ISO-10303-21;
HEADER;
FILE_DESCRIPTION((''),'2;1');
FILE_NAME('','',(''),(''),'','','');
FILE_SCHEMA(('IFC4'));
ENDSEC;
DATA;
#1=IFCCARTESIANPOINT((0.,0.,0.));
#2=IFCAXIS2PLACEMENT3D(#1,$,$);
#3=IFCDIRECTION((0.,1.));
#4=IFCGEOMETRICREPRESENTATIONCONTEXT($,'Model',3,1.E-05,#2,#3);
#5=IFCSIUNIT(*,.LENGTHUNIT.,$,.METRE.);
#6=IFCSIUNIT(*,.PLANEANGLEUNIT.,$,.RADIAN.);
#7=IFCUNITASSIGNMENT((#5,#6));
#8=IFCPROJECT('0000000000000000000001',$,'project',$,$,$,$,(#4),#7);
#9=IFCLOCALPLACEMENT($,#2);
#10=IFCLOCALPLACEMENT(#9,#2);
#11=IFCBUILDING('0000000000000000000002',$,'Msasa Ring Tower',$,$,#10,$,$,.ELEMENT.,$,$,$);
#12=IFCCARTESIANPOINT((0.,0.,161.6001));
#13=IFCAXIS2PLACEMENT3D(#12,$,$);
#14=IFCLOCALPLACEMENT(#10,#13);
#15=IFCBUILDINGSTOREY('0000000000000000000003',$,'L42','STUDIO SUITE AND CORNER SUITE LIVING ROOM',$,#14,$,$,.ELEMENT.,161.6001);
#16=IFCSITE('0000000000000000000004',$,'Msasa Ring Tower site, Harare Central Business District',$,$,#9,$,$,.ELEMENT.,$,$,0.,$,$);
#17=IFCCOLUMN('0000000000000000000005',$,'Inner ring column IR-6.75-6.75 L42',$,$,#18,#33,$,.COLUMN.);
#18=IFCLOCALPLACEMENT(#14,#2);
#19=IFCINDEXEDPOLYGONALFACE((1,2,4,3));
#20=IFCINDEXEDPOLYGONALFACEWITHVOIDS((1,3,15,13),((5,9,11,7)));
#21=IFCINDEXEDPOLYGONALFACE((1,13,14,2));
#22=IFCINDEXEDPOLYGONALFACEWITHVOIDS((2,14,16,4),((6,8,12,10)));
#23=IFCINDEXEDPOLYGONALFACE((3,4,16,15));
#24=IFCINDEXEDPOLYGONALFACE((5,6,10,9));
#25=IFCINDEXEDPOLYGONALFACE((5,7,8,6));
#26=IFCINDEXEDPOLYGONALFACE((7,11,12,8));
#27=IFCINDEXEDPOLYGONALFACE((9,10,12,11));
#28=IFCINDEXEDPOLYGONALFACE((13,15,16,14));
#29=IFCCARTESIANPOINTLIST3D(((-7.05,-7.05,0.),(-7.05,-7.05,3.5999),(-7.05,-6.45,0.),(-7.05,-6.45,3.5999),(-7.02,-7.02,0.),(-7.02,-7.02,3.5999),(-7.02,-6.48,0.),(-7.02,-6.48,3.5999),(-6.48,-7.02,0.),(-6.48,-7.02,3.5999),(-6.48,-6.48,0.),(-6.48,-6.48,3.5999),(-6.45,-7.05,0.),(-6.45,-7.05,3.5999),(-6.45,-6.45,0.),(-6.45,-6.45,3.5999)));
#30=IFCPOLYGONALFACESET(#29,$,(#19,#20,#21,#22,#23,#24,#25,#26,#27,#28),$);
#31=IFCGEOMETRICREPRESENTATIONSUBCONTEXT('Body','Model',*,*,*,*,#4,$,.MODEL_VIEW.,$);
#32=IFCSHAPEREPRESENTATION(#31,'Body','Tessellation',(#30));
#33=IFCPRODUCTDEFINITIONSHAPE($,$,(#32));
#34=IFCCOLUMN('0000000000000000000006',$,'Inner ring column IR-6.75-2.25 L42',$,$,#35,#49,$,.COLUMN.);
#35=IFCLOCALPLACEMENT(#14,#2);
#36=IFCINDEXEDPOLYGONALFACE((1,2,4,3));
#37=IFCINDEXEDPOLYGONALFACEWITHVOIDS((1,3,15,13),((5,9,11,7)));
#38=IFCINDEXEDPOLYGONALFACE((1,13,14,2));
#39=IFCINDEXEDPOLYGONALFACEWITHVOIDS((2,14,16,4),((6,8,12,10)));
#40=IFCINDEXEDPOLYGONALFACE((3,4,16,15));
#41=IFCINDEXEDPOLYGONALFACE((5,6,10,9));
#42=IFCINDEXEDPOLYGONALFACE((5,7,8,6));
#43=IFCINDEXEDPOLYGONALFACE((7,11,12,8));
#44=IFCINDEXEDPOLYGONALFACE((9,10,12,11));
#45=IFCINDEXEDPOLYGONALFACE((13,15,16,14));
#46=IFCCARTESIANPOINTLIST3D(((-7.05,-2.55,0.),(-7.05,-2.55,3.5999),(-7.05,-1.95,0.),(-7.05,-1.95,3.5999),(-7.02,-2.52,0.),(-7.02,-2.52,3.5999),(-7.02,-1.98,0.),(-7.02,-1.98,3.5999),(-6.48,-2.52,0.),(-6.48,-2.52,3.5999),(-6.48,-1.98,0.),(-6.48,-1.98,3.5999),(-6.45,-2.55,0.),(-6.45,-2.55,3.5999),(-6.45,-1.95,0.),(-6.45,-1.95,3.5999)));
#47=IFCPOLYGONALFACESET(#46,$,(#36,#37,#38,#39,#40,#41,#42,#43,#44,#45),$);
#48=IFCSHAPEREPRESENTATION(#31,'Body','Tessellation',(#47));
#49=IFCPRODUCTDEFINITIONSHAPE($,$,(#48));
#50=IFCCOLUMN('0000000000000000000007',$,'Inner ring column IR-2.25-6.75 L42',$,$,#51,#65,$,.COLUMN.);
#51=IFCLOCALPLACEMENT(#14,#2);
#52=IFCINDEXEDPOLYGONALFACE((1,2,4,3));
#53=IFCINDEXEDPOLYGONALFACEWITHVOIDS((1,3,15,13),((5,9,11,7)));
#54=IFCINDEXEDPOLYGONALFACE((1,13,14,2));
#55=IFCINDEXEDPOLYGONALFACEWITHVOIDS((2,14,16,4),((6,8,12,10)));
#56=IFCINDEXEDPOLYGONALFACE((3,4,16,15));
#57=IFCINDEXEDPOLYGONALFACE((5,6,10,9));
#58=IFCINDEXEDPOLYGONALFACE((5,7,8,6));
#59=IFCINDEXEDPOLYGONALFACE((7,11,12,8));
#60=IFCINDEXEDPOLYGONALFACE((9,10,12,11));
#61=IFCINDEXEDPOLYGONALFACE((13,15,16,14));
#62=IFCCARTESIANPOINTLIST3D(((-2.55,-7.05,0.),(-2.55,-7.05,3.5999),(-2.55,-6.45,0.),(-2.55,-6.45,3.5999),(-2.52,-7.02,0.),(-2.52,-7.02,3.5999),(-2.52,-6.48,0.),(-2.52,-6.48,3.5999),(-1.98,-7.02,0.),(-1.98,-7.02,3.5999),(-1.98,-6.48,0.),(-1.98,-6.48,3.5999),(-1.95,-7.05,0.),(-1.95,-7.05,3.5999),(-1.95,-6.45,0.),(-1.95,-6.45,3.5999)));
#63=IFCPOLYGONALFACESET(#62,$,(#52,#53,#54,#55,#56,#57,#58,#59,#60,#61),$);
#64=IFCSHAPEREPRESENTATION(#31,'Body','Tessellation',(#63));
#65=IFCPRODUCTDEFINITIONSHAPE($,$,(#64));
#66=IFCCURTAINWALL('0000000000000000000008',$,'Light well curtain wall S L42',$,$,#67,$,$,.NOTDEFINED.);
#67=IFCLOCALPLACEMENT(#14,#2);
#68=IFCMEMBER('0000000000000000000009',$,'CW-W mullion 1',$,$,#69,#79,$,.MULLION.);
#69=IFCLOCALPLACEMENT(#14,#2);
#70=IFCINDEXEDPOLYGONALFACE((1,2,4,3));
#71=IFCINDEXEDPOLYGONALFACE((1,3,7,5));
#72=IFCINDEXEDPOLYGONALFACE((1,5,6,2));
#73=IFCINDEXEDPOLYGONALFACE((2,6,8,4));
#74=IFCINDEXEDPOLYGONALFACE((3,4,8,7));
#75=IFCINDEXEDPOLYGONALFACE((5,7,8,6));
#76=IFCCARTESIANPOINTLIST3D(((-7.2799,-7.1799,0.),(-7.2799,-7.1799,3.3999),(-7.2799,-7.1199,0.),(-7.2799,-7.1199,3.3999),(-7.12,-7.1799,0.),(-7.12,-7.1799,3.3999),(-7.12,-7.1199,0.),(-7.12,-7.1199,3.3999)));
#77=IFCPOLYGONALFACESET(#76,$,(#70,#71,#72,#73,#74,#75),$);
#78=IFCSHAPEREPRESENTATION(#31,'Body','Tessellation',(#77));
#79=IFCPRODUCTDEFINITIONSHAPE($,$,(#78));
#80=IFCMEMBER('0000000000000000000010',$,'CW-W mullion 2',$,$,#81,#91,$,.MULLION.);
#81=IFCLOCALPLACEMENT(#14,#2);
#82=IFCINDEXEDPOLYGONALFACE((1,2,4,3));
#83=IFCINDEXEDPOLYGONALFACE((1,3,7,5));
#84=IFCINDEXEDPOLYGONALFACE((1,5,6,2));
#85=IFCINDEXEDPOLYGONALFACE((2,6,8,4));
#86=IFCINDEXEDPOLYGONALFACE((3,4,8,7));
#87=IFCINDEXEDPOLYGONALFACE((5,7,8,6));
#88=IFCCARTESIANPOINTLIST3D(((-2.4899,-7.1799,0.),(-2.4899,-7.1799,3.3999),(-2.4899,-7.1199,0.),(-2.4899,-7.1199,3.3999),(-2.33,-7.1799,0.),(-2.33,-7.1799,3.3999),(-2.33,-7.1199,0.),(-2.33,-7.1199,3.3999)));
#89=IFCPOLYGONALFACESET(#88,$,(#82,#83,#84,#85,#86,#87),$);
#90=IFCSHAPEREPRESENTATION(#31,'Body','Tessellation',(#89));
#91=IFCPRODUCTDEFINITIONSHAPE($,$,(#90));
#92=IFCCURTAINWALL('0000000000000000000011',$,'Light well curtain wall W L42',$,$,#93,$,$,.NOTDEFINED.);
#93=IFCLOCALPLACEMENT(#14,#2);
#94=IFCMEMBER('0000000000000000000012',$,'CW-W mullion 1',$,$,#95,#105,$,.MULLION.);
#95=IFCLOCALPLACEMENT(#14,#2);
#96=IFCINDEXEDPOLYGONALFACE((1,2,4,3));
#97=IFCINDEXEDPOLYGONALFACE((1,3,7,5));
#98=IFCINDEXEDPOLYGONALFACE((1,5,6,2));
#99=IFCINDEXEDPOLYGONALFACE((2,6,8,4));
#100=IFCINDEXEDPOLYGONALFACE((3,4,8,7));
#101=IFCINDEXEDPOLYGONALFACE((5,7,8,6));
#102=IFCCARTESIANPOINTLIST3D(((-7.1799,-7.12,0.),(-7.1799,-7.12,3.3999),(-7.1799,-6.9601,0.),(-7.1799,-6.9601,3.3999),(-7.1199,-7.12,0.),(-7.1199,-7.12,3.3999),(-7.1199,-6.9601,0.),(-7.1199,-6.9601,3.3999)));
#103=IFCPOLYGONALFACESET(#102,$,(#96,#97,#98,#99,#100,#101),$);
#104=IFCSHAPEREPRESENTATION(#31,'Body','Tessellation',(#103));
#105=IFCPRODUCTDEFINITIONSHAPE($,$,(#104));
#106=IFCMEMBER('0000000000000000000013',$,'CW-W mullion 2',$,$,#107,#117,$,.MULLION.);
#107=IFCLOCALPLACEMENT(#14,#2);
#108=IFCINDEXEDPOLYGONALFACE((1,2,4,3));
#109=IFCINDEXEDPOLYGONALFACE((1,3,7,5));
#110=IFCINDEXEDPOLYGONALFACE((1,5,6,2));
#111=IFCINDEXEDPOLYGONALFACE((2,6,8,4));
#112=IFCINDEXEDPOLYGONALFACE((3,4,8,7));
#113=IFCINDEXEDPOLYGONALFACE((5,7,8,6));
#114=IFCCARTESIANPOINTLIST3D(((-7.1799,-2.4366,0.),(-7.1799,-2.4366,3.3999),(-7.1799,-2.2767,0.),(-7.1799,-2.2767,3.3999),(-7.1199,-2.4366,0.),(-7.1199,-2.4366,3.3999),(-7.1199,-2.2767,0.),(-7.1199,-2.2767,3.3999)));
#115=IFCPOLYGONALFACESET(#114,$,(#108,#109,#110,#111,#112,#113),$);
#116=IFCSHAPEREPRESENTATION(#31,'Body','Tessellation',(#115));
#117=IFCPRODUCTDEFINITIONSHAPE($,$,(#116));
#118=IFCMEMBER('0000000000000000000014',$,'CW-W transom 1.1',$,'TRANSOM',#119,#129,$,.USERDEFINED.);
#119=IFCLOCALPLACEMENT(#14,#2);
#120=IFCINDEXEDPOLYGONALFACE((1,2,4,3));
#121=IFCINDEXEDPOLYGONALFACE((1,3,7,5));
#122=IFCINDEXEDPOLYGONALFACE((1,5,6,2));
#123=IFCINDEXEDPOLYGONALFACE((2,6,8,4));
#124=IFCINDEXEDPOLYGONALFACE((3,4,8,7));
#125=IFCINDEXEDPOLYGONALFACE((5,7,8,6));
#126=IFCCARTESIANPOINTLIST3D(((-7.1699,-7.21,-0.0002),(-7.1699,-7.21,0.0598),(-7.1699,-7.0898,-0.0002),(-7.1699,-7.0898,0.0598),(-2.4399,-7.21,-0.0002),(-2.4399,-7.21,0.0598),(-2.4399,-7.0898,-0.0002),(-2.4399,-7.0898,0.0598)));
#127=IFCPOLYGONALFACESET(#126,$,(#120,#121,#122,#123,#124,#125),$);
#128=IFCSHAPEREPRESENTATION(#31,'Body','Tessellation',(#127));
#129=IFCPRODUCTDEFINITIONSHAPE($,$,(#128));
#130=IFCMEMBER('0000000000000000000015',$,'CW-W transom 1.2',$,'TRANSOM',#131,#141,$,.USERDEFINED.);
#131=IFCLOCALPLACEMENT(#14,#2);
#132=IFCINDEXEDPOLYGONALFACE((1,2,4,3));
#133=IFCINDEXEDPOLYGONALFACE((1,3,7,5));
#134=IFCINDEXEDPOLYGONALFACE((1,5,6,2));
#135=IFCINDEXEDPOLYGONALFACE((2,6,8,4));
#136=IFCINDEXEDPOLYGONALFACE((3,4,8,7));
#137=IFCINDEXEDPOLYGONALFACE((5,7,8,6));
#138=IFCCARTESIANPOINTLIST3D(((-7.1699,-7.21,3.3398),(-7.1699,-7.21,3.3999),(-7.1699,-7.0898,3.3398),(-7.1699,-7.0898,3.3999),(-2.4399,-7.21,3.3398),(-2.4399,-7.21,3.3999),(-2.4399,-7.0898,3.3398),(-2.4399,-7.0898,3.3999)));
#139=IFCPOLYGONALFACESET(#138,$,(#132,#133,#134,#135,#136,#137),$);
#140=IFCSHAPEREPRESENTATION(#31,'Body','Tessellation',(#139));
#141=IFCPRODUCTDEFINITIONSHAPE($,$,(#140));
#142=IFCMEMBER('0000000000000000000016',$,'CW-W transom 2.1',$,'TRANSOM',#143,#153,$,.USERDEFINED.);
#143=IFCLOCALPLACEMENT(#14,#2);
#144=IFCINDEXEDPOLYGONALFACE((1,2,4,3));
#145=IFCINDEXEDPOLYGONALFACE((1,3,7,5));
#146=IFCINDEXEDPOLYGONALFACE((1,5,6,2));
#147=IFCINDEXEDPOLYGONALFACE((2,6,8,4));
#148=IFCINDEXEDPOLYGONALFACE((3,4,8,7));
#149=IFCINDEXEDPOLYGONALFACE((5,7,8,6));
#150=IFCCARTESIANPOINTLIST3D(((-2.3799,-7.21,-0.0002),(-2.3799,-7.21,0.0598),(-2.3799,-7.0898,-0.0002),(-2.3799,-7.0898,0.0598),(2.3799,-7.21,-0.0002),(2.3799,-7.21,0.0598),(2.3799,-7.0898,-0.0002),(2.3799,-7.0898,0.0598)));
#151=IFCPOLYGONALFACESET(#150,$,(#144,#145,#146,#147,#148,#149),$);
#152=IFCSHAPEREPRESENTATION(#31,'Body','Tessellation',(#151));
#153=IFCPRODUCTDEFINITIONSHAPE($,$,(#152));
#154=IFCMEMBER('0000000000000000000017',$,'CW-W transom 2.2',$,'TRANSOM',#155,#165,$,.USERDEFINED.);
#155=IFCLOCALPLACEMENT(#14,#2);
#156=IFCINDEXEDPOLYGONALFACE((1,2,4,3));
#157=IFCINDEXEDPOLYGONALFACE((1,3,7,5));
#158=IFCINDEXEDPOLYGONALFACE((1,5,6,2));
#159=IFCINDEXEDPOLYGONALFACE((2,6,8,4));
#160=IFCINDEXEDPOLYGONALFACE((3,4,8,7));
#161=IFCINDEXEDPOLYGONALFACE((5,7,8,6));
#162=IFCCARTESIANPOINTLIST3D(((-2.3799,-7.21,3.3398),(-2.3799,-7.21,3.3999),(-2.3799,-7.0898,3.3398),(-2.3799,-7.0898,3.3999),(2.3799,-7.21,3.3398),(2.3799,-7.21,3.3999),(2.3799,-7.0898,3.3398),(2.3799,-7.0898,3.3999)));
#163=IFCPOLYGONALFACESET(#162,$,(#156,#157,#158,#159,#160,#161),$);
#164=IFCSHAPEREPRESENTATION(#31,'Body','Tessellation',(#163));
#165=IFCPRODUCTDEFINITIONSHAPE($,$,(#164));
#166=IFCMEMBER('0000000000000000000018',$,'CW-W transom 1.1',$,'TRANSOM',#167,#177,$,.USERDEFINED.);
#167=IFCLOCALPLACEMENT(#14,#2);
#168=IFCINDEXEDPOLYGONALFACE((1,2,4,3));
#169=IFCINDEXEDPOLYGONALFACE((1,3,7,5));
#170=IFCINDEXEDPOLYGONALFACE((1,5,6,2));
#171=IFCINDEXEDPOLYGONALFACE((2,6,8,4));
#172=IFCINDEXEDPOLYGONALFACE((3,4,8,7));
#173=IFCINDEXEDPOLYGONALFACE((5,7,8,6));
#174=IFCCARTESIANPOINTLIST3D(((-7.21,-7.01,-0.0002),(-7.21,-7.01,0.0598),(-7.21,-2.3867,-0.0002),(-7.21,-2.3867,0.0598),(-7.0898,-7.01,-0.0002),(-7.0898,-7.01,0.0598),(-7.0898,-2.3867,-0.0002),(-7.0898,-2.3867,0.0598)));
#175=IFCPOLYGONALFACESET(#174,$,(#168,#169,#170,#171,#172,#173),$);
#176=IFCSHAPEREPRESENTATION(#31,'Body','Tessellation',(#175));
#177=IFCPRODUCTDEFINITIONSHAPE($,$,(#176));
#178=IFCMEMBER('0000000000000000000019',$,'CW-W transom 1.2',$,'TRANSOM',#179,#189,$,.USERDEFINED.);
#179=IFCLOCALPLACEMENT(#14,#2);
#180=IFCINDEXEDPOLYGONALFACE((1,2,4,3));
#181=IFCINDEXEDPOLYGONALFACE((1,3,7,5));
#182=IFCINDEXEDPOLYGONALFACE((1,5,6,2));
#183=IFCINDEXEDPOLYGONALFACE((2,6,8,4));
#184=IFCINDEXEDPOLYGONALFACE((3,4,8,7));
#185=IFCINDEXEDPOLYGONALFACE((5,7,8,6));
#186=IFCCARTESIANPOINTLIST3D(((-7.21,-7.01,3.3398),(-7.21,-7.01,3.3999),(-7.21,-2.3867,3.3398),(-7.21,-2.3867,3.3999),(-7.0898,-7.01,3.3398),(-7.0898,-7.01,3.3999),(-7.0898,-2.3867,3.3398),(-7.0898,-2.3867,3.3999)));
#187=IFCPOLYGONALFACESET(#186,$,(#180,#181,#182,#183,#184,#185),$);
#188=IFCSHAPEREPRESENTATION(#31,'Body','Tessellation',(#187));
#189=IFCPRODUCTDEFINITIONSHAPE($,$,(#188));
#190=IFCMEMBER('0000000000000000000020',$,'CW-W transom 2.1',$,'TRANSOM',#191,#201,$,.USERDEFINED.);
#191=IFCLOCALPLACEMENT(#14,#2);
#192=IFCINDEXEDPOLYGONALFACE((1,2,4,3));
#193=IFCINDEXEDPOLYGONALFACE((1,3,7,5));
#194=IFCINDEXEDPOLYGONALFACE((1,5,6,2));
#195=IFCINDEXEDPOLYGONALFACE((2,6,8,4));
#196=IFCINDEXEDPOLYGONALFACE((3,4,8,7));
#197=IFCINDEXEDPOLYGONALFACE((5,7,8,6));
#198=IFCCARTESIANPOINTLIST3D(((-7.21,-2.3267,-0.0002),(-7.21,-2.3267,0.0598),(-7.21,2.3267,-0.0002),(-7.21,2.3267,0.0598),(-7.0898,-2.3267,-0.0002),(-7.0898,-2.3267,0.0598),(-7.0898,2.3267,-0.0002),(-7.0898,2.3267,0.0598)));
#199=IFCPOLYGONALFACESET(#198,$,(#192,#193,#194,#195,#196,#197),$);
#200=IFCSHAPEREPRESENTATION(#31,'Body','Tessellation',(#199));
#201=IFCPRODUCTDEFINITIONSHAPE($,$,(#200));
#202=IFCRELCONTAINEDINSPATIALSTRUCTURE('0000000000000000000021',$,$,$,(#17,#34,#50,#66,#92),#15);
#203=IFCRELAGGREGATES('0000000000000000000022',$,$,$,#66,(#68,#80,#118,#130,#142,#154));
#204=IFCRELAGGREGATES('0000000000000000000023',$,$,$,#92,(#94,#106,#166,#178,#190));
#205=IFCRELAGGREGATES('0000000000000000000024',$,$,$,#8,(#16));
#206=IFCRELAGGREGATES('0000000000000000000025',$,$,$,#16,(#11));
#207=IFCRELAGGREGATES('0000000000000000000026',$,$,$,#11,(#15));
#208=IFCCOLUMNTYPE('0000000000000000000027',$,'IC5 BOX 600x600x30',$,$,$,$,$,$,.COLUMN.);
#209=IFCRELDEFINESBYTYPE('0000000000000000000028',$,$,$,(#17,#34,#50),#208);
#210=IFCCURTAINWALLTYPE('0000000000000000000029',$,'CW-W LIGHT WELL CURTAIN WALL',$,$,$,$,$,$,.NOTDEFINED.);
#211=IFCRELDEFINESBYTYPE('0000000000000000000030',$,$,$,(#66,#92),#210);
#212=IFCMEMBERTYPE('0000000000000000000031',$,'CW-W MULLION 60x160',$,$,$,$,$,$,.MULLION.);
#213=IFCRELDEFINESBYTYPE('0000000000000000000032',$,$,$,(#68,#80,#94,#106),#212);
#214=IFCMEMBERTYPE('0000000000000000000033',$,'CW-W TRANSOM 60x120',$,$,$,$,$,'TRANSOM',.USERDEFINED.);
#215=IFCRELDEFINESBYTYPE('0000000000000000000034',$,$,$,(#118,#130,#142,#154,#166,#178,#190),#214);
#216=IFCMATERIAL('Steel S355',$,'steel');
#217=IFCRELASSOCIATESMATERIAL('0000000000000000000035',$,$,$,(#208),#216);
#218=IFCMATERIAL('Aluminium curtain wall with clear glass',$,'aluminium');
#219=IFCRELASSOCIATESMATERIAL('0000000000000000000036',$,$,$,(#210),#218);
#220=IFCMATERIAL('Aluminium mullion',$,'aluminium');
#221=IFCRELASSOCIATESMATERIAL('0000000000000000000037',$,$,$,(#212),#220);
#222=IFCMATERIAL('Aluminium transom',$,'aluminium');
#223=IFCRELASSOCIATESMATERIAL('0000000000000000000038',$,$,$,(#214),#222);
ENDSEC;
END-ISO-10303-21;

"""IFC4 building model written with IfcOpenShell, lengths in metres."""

from ifc_helpers import new_model, si_unit, direction, frame, origin, origin_2d, place, context, subcontext, project, spatial, rectangle, hollow_rectangle, extrude, material, material_profile, profile_set, type_object, element, aggregate, save


model = new_model("IFC4")

# Units and contexts
model_context = context("Model", 3, precision=1e-05, world=origin(), true_north=direction((0.0, 1.0)))
body_context = subcontext(model_context, "Body", "Model", "MODEL_VIEW")
ifc_project = project(units=[si_unit("LENGTHUNIT", "METRE"), si_unit("PLANEANGLEUNIT", "RADIAN")], contexts=[model_context])

# Site, building, storey
site_placement = place(None, origin())
site = spatial("IfcSite", under=ifc_project, at=site_placement, Name="Msasa Ring Tower site, Harare Central Business District", CompositionType="ELEMENT", RefElevation=0.0)
building_placement = place(site_placement, origin())
building = spatial("IfcBuilding", under=site, at=building_placement, Name="Msasa Ring Tower", CompositionType="ELEMENT")
storey_placement = place(building_placement, frame((0.0, 0.0, 161.6001)))
storey = spatial("IfcBuildingStorey", under=building, at=storey_placement, Name="L42", Description="STUDIO SUITE AND CORNER SUITE LIVING ROOM", CompositionType="ELEMENT", Elevation=161.6001)

# Columns
ifc_material_1 = material(Name="Steel S355", Category="steel")
ifc_material_profile_1 = material_profile(ifc_material_1, hollow_rectangle(XDim=0.6001, YDim=0.6001, WallThickness=0.03, at=origin_2d()), Name="BOX 600x600x30")
ifc_profile_set_1 = profile_set([ifc_material_profile_1], Name="Steel S355")
column_type = type_object("IfcColumnType", Name="IC5 BOX 600x600x30", PredefinedType="COLUMN", material=ifc_profile_set_1)
for number, where, z_axis, x_axis, name in (
    (1, (-6.75, -6.75, 0.0), (0.0, 0.0, 1.0), (1.0, 0.0, 0.0), "Inner ring column IR-6.75-6.75 L42"),
    (2, (-6.75, -2.25, 0.0), (0.0, 0.0, 1.0), (1.0, 0.0, 0.0), "Inner ring column IR-6.75-2.25 L42"),
    (3, (-2.25, -6.75, 0.0), (0.0, 0.0, 1.0), (1.0, 0.0, 0.0), "Inner ring column IR-2.25-6.75 L42"),
):
    element("IfcColumn", number, at=place(storey_placement, frame(where, z_axis=z_axis, x_axis=x_axis)), inside=storey, type_object=column_type, Name=name, PredefinedType="COLUMN", context=body_context, shape_type="SweptSolid", body=[
        extrude(hollow_rectangle(XDim=0.6001, YDim=0.6001, WallThickness=0.03, at=origin_2d()), origin(), (0.0, 0.0, 1.0), 3.5999),
    ])

# Curtain walls, members
ifc_material_2 = material(Name="Aluminium curtain wall with clear glass", Category="aluminium")
curtain_wall_type = type_object("IfcCurtainWallType", Name="CW-W LIGHT WELL CURTAIN WALL", PredefinedType="NOTDEFINED", material=ifc_material_2)
curtain_wall_1_placement = place(storey_placement, origin())
curtain_wall_1 = element("IfcCurtainWall", 4, at=curtain_wall_1_placement, inside=storey, type_object=curtain_wall_type, Name="Light well curtain wall S L42", PredefinedType="NOTDEFINED")
ifc_material_3 = material(Name="Aluminium mullion", Category="aluminium")
ifc_material_profile_2 = material_profile(ifc_material_3, rectangle(XDim=0.0601, YDim=0.1599, at=origin_2d()), Name="AL 60x160")
ifc_profile_set_2 = profile_set([ifc_material_profile_2], Name="Aluminium mullion")
member_type_1 = type_object("IfcMemberType", Name="CW-W MULLION 60x160", PredefinedType="MULLION", material=ifc_profile_set_2)
member_1_placement = place(storey_placement, frame((-7.2, -7.1499, 0.0), z_axis=(0.0, 0.0, 1.0), x_axis=(0.0, 1.0, 0.0)))
member_1 = element("IfcMember", 5, at=member_1_placement, type_object=member_type_1, Name="CW-W mullion 1", PredefinedType="MULLION", context=body_context, shape_type="SweptSolid", body=[
    extrude(rectangle(XDim=0.0601, YDim=0.1599, at=origin_2d()), origin(), (0.0, 0.0, 1.0), 3.3999),
])
member_2_placement = place(storey_placement, frame((-2.4099, -7.1499, 0.0), z_axis=(0.0, 0.0, 1.0), x_axis=(0.0, 1.0, 0.0)))
member_2 = element("IfcMember", 6, at=member_2_placement, type_object=member_type_1, Name="CW-W mullion 2", PredefinedType="MULLION", context=body_context, shape_type="SweptSolid", body=[
    extrude(rectangle(XDim=0.0601, YDim=0.1599, at=origin_2d()), origin(), (0.0, 0.0, 1.0), 3.3999),
])
curtain_wall_2_placement = place(storey_placement, origin())
curtain_wall_2 = element("IfcCurtainWall", 7, at=curtain_wall_2_placement, inside=storey, type_object=curtain_wall_type, Name="Light well curtain wall W L42", PredefinedType="NOTDEFINED")
member_3_placement = place(storey_placement, frame((-7.1499, -7.04, 0.0), z_axis=(0.0, 0.0, 1.0), x_axis=(-1.0, 0.0, 0.0)))
member_3 = element("IfcMember", 8, at=member_3_placement, type_object=member_type_1, Name="CW-W mullion 1", PredefinedType="MULLION", context=body_context, shape_type="SweptSolid", body=[
    extrude(rectangle(XDim=0.0601, YDim=0.1599, at=origin_2d()), origin(), (0.0, 0.0, 1.0), 3.3999),
])
member_4_placement = place(storey_placement, frame((-7.1499, -2.3567, 0.0), z_axis=(0.0, 0.0, 1.0), x_axis=(-1.0, 0.0, 0.0)))
member_4 = element("IfcMember", 9, at=member_4_placement, type_object=member_type_1, Name="CW-W mullion 2", PredefinedType="MULLION", context=body_context, shape_type="SweptSolid", body=[
    extrude(rectangle(XDim=0.0601, YDim=0.1599, at=origin_2d()), origin(), (0.0, 0.0, 1.0), 3.3999),
])

# Members
ifc_material_4 = material(Name="Aluminium transom", Category="aluminium")
ifc_material_profile_3 = material_profile(ifc_material_4, rectangle(XDim=0.1201, YDim=0.0601, at=origin_2d()), Name="AL 60x120")
ifc_profile_set_3 = profile_set([ifc_material_profile_3], Name="Aluminium transom")
member_type_2 = type_object("IfcMemberType", Name="CW-W TRANSOM 60x120", ElementType="TRANSOM", PredefinedType="USERDEFINED", material=ifc_profile_set_3)
member_5_placement = place(storey_placement, frame((-7.1699, -7.1499, 0.0298), z_axis=(1.0, 0.0, 0.0), x_axis=(0.0, 1.0, 0.0)))
member_5 = element("IfcMember", 10, at=member_5_placement, type_object=member_type_2, Name="CW-W transom 1.1", ObjectType="TRANSOM", PredefinedType="USERDEFINED", context=body_context, shape_type="SweptSolid", body=[
    extrude(rectangle(XDim=0.1201, YDim=0.0601, at=origin_2d()), origin(), (0.0, 0.0, 1.0), 4.73),
])
member_6_placement = place(storey_placement, frame((-7.1699, -7.1499, 3.3699), z_axis=(1.0, 0.0, 0.0), x_axis=(0.0, 1.0, 0.0)))
member_6 = element("IfcMember", 11, at=member_6_placement, type_object=member_type_2, Name="CW-W transom 1.2", ObjectType="TRANSOM", PredefinedType="USERDEFINED", context=body_context, shape_type="SweptSolid", body=[
    extrude(rectangle(XDim=0.1201, YDim=0.0601, at=origin_2d()), origin(), (0.0, 0.0, 1.0), 4.73),
])
member_7_placement = place(storey_placement, frame((-2.3799, -7.1499, 0.0298), z_axis=(1.0, 0.0, 0.0), x_axis=(0.0, 1.0, 0.0)))
member_7 = element("IfcMember", 12, at=member_7_placement, type_object=member_type_2, Name="CW-W transom 2.1", ObjectType="TRANSOM", PredefinedType="USERDEFINED", context=body_context, shape_type="SweptSolid", body=[
    extrude(rectangle(XDim=0.1201, YDim=0.0601, at=origin_2d()), origin(), (0.0, 0.0, 1.0), 4.7598),
])
member_8_placement = place(storey_placement, frame((-2.3799, -7.1499, 3.3699), z_axis=(1.0, 0.0, 0.0), x_axis=(0.0, 1.0, 0.0)))
member_8 = element("IfcMember", 13, at=member_8_placement, type_object=member_type_2, Name="CW-W transom 2.2", ObjectType="TRANSOM", PredefinedType="USERDEFINED", context=body_context, shape_type="SweptSolid", body=[
    extrude(rectangle(XDim=0.1201, YDim=0.0601, at=origin_2d()), origin(), (0.0, 0.0, 1.0), 4.7598),
])
member_9_placement = place(storey_placement, frame((-7.1499, -7.01, 0.0298), z_axis=(0.0, 1.0, 0.0), x_axis=(-1.0, 0.0, 0.0)))
member_9 = element("IfcMember", 14, at=member_9_placement, type_object=member_type_2, Name="CW-W transom 1.1", ObjectType="TRANSOM", PredefinedType="USERDEFINED", context=body_context, shape_type="SweptSolid", body=[
    extrude(rectangle(XDim=0.1201, YDim=0.0601, at=origin_2d()), origin(), (0.0, 0.0, 1.0), 4.6233),
])
member_10_placement = place(storey_placement, frame((-7.1499, -7.01, 3.3699), z_axis=(0.0, 1.0, 0.0), x_axis=(-1.0, 0.0, 0.0)))
member_10 = element("IfcMember", 15, at=member_10_placement, type_object=member_type_2, Name="CW-W transom 1.2", ObjectType="TRANSOM", PredefinedType="USERDEFINED", context=body_context, shape_type="SweptSolid", body=[
    extrude(rectangle(XDim=0.1201, YDim=0.0601, at=origin_2d()), origin(), (0.0, 0.0, 1.0), 4.6233),
])
member_11_placement = place(storey_placement, frame((-7.1499, -2.3267, 0.0298), z_axis=(0.0, 1.0, 0.0), x_axis=(-1.0, 0.0, 0.0)))
member_11 = element("IfcMember", 16, at=member_11_placement, type_object=member_type_2, Name="CW-W transom 2.1", ObjectType="TRANSOM", PredefinedType="USERDEFINED", context=body_context, shape_type="SweptSolid", body=[
    extrude(rectangle(XDim=0.1201, YDim=0.0601, at=origin_2d()), origin(), (0.0, 0.0, 1.0), 4.6533),
])

aggregate(curtain_wall_1, [member_1, member_2, member_5, member_6, member_7, member_8])
aggregate(curtain_wall_2, [member_3, member_4, member_9, member_10, member_11])

save(model, "model.ifc")
